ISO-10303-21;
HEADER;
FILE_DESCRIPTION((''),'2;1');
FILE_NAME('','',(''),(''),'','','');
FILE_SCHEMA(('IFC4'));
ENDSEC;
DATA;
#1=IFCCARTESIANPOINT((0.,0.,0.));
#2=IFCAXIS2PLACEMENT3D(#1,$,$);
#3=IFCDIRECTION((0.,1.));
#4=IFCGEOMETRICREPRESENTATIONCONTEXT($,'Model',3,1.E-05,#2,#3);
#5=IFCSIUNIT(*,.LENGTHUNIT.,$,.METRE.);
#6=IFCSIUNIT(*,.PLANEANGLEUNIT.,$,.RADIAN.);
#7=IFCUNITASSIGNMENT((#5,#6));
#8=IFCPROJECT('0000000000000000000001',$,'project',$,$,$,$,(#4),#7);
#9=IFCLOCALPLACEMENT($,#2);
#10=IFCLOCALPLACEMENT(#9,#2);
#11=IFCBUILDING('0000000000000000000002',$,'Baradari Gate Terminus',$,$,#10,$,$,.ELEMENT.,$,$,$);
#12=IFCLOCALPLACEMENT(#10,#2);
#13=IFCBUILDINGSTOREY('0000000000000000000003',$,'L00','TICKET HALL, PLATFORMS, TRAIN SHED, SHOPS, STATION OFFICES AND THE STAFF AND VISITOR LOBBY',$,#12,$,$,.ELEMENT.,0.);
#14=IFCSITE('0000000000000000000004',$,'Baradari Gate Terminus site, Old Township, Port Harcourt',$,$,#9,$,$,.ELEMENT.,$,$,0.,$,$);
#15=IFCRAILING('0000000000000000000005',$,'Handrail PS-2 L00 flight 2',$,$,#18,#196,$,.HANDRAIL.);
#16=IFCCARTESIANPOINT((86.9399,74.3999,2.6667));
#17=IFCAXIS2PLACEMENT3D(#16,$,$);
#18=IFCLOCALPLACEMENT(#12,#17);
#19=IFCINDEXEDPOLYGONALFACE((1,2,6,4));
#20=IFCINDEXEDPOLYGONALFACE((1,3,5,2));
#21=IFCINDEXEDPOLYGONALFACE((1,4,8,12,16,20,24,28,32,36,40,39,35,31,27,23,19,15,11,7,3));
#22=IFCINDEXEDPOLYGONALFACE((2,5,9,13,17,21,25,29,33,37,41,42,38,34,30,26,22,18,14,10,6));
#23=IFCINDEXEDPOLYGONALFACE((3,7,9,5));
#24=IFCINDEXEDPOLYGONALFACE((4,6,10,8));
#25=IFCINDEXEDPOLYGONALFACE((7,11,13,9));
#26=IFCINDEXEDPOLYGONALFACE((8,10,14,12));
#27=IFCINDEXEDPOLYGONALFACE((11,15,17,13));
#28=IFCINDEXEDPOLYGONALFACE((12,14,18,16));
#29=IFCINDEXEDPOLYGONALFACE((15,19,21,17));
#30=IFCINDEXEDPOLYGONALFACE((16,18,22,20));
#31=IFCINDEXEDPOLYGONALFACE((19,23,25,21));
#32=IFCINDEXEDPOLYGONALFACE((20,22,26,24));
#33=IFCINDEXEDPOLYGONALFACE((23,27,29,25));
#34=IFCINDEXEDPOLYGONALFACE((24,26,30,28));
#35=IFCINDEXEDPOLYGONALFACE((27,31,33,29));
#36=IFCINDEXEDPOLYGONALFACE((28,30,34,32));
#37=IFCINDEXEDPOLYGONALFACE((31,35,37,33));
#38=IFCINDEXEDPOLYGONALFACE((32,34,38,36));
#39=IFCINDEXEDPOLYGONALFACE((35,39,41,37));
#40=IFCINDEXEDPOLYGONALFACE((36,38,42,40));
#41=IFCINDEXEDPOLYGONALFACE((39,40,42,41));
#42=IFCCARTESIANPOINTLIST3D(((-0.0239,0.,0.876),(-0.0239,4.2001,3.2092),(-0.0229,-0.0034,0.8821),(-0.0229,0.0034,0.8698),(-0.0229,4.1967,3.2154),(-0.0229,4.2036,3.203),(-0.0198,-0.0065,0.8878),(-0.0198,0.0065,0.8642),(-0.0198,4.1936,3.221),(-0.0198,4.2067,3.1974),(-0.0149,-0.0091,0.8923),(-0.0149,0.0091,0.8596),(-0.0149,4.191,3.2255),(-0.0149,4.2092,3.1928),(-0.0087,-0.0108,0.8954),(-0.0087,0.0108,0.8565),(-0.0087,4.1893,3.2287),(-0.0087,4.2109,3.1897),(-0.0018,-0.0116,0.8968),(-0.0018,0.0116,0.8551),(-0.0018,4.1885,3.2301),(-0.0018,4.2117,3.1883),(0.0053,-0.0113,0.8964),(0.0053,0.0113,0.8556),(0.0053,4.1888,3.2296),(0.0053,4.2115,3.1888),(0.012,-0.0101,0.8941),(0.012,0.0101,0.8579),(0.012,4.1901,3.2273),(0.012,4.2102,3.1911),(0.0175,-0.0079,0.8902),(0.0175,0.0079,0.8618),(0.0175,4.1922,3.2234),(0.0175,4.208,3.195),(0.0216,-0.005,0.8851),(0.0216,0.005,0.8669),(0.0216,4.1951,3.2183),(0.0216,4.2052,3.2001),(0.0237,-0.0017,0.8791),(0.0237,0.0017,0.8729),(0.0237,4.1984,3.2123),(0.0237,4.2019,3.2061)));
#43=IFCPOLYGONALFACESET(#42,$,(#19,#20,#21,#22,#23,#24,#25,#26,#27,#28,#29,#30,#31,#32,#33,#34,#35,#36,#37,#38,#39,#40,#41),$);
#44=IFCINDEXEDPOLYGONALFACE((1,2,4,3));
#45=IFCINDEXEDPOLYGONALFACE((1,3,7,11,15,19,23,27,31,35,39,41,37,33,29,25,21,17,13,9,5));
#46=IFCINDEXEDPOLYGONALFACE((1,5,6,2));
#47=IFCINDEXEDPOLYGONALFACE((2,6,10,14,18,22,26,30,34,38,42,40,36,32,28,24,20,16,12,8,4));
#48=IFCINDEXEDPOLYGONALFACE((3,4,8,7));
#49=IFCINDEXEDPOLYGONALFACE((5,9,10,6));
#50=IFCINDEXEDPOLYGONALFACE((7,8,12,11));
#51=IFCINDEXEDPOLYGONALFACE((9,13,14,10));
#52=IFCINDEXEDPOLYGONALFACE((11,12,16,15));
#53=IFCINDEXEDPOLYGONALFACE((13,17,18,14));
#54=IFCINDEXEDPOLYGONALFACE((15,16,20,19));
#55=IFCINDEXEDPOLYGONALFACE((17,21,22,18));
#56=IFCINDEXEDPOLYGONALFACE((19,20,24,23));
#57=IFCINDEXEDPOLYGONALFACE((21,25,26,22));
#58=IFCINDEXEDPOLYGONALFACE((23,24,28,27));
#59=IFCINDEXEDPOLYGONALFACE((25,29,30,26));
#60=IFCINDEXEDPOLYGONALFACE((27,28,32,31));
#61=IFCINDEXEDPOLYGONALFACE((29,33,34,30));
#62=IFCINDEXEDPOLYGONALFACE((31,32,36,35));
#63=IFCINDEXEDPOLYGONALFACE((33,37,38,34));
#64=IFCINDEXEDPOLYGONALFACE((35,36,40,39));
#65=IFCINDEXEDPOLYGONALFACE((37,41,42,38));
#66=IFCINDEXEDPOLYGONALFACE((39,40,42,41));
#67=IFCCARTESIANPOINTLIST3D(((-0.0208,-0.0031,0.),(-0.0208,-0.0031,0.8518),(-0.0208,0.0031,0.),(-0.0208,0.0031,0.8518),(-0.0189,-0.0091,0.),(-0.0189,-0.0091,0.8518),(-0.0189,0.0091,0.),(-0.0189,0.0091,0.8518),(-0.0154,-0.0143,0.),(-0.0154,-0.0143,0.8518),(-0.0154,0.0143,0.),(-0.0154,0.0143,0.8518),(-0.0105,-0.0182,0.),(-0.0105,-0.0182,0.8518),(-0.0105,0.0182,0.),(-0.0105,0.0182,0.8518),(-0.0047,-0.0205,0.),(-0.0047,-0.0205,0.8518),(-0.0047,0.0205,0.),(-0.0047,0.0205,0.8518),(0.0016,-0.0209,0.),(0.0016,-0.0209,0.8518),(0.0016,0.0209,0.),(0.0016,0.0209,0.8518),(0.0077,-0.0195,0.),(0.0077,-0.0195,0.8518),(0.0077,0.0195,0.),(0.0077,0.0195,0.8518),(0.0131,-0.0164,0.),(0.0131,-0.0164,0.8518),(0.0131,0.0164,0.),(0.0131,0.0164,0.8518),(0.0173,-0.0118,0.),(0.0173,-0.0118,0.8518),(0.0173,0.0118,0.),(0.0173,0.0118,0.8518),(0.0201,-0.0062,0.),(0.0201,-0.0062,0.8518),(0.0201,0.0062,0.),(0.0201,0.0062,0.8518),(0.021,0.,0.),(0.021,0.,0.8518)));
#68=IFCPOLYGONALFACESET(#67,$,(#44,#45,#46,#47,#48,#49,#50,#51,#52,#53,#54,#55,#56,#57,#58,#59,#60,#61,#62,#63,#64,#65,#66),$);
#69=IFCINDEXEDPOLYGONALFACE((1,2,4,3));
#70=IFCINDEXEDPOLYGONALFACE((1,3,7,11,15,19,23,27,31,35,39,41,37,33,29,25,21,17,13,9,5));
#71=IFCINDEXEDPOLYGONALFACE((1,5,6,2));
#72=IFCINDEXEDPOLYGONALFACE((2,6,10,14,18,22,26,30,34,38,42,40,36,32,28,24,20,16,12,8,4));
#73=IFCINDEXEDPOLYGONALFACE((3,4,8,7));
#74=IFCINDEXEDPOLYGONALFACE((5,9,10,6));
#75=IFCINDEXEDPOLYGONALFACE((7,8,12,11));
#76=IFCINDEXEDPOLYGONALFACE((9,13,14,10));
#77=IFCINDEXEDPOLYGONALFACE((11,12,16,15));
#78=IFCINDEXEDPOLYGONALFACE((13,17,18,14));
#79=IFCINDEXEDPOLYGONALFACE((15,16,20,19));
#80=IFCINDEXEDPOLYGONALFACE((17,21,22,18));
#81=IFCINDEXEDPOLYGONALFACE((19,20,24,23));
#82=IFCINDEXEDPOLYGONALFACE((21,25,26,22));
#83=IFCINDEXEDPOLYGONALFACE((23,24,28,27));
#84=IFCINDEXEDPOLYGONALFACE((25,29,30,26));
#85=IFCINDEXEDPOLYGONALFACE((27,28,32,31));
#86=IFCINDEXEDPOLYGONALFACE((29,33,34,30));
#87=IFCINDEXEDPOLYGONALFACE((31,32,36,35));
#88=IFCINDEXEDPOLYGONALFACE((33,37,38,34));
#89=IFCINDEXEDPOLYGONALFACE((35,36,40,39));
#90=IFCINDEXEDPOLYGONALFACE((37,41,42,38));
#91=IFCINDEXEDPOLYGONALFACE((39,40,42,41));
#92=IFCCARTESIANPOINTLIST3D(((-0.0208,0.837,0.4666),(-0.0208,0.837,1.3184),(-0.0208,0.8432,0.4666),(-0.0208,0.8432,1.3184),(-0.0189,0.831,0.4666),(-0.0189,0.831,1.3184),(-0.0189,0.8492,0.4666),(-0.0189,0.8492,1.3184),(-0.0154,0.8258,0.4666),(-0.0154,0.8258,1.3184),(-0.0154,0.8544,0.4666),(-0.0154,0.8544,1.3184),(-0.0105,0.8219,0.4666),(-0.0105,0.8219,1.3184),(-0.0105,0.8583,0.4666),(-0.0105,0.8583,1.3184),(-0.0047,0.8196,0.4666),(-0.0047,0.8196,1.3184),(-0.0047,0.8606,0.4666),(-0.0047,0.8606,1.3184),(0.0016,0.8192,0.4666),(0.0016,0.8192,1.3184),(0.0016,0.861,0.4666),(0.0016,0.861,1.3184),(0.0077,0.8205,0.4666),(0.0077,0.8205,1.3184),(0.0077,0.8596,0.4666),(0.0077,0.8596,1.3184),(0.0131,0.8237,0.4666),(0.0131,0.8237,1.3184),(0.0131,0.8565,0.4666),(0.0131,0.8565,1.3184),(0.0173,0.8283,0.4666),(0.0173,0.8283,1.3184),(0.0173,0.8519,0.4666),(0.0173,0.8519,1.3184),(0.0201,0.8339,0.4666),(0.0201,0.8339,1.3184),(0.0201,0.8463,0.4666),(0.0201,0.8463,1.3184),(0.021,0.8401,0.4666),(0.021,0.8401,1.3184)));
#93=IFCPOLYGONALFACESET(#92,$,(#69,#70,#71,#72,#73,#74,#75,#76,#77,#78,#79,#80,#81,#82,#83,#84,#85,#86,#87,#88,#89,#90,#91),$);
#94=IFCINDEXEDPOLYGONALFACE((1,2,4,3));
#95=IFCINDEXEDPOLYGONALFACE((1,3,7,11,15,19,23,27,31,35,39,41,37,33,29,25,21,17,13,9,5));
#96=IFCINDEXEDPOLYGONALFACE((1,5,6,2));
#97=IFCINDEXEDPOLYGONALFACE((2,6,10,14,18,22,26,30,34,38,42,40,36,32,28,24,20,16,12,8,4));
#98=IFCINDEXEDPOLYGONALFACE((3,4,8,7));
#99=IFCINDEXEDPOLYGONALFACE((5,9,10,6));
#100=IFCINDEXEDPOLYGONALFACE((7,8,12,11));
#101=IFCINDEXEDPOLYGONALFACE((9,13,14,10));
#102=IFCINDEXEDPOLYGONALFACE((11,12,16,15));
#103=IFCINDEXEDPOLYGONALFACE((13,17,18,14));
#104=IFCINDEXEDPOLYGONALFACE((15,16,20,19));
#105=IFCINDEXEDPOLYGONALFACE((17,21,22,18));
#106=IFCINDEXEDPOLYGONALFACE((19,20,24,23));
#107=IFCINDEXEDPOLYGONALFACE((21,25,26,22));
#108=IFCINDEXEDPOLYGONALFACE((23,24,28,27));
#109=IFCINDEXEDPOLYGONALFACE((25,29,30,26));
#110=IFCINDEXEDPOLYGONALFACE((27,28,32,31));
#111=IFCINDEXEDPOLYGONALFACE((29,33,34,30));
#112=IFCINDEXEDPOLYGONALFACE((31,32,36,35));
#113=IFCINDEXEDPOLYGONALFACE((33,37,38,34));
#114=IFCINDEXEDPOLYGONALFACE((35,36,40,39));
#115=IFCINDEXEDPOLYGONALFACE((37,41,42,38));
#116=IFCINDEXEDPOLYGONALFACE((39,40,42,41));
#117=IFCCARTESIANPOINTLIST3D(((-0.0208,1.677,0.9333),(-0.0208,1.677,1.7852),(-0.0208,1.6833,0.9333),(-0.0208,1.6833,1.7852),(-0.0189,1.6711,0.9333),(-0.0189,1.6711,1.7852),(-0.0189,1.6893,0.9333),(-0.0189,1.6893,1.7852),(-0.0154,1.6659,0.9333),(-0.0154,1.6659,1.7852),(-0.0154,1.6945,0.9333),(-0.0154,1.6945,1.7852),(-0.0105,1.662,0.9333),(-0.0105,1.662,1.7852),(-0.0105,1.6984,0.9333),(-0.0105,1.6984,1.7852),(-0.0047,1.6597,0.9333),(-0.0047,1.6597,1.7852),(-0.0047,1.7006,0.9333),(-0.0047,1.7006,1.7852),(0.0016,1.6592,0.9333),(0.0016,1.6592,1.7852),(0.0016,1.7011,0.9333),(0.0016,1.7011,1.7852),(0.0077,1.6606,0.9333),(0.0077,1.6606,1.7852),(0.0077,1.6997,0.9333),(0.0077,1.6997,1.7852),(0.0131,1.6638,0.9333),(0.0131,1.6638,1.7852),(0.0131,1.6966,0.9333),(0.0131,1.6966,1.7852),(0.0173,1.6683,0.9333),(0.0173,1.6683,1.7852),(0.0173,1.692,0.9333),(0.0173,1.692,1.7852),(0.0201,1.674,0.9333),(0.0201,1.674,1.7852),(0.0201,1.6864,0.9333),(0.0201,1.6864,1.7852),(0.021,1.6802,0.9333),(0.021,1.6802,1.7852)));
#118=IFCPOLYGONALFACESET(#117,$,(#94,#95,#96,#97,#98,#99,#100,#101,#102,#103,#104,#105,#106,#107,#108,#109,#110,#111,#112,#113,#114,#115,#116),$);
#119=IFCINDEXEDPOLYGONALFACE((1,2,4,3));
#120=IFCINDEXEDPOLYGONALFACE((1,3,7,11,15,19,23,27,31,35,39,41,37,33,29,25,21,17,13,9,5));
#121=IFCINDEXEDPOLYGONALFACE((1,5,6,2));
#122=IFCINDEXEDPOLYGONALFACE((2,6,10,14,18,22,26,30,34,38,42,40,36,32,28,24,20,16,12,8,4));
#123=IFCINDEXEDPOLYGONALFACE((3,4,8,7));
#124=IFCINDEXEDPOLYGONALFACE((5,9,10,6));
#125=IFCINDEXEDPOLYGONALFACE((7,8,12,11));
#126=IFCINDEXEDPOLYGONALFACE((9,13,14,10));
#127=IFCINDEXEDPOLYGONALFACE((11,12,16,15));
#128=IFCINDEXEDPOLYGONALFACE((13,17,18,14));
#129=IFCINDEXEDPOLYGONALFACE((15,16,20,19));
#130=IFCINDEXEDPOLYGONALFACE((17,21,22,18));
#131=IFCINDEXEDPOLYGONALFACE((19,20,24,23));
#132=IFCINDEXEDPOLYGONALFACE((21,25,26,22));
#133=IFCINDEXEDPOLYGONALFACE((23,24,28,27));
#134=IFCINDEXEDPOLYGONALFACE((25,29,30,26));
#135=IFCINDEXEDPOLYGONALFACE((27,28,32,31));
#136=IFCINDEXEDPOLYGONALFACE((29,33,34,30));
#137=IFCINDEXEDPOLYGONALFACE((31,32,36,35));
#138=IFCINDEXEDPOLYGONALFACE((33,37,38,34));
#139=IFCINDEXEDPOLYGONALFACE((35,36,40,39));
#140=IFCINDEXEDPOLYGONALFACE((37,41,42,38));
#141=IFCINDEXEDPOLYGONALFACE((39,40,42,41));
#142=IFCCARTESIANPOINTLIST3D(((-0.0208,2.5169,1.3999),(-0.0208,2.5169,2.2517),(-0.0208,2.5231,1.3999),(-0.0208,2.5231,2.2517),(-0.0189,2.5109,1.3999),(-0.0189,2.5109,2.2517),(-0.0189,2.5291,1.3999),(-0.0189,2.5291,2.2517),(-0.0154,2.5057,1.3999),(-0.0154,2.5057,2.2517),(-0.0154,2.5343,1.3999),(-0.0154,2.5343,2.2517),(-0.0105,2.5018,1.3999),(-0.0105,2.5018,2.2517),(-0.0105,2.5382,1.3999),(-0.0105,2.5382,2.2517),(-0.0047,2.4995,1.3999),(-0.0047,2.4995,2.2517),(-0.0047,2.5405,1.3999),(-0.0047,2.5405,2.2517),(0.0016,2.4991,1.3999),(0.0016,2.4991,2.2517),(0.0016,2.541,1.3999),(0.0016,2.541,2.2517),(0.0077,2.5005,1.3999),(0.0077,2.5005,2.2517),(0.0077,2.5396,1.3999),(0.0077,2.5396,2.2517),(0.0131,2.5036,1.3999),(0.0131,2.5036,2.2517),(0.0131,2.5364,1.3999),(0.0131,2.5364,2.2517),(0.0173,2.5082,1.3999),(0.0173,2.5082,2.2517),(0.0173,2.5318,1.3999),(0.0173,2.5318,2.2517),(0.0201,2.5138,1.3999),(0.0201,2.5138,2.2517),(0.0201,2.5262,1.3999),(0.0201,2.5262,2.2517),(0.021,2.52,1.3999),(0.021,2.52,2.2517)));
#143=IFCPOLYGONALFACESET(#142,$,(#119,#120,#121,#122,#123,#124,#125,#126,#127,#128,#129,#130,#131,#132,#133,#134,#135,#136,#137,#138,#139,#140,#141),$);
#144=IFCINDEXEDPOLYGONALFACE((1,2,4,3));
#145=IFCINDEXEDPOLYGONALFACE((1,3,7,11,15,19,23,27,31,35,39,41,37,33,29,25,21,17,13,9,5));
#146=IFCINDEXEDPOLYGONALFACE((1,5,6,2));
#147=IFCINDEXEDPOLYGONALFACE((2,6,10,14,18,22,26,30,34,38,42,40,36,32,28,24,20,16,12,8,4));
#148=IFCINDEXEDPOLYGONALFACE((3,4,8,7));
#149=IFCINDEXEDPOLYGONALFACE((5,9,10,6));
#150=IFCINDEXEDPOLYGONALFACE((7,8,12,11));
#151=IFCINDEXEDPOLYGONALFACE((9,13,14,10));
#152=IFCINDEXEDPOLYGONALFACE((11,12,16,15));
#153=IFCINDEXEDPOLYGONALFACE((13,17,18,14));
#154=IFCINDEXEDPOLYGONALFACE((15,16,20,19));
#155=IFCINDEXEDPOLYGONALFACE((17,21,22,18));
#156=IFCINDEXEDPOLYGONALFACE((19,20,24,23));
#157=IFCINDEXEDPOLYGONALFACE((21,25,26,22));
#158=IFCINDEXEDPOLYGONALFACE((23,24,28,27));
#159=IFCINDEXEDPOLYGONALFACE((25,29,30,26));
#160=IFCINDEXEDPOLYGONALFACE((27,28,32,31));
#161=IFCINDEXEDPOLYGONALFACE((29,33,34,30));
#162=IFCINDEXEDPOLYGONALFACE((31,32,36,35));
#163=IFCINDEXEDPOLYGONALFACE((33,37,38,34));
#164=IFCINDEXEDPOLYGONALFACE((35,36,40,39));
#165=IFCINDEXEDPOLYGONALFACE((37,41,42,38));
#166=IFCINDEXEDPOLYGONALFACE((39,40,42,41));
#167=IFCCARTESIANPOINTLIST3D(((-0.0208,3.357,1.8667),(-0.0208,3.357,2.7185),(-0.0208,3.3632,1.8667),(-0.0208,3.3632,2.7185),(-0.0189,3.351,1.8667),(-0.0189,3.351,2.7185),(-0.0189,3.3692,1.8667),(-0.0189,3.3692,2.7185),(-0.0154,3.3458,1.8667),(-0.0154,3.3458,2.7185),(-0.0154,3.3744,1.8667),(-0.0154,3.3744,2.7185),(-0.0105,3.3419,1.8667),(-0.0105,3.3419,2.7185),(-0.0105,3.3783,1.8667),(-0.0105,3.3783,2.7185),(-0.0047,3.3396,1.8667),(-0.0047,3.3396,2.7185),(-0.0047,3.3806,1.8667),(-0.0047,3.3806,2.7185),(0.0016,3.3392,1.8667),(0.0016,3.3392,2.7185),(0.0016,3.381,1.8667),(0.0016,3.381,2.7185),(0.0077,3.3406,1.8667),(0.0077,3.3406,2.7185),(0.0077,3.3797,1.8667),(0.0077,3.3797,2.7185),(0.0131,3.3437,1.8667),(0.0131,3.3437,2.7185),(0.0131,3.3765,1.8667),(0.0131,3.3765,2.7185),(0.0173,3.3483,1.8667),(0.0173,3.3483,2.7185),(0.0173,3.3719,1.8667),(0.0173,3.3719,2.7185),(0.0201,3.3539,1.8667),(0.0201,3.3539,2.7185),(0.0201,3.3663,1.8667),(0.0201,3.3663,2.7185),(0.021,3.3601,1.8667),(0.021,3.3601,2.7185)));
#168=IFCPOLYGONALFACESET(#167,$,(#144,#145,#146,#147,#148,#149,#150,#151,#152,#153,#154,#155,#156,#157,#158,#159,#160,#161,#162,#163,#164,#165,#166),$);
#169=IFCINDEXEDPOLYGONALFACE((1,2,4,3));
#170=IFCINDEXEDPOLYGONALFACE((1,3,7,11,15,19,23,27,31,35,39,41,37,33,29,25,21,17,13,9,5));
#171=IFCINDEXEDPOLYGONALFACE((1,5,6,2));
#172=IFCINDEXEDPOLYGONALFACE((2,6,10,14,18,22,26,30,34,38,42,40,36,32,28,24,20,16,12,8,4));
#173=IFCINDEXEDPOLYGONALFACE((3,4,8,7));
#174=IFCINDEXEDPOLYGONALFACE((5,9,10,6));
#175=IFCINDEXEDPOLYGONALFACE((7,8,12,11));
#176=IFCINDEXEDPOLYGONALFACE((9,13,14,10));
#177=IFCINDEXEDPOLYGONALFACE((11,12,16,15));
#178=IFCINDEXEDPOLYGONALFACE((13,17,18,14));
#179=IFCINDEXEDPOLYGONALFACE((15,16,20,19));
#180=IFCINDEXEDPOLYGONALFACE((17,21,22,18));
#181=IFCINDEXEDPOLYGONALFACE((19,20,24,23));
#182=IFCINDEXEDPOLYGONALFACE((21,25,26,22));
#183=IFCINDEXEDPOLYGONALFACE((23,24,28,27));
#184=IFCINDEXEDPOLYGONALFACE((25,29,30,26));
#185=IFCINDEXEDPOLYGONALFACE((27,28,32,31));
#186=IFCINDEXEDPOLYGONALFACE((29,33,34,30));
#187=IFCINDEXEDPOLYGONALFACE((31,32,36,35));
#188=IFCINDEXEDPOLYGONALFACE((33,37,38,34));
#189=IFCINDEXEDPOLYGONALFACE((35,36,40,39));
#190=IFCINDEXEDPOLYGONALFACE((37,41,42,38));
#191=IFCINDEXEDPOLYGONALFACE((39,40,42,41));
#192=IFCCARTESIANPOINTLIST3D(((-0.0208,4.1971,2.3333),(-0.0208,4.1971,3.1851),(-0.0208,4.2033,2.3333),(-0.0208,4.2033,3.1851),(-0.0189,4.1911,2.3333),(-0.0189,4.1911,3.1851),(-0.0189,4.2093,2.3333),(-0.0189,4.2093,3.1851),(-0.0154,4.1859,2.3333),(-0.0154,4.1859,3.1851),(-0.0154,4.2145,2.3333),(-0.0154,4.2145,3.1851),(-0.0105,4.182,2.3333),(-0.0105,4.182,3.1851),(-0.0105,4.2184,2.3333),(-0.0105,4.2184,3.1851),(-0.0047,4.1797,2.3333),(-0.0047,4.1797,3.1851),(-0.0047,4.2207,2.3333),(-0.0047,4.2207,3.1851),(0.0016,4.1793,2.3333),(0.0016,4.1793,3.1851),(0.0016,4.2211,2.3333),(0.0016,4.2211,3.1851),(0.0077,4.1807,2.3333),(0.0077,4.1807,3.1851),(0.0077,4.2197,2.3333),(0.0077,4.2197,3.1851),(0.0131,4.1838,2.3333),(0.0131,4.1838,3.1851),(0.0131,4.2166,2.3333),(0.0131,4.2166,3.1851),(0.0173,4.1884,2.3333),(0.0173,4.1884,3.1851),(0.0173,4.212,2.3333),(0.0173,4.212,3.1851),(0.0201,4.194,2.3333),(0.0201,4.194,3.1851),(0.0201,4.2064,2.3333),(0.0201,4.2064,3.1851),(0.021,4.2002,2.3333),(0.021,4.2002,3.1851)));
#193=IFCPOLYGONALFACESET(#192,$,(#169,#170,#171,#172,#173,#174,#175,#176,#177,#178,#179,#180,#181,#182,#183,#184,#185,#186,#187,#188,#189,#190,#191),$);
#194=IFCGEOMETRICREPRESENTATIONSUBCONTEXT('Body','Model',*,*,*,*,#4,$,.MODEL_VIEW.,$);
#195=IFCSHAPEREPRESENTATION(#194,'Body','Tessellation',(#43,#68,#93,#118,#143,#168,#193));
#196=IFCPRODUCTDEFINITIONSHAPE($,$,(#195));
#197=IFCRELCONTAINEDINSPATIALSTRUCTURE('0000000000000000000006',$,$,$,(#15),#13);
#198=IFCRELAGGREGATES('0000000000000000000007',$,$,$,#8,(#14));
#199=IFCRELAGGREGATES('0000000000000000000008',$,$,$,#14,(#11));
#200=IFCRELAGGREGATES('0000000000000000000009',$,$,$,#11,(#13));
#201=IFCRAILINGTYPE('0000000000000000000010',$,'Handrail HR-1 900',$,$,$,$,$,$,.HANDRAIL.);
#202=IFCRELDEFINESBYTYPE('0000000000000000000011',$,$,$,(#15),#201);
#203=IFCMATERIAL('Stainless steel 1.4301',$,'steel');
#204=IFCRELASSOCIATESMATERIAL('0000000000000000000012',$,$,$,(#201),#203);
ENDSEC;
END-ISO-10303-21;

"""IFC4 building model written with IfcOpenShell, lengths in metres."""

from ifc_helpers import new_model, si_unit, direction, frame, origin, origin_2d, place, context, subcontext, project, spatial, circle, extrude, material, type_object, element, save


model = new_model("IFC4")

# Units and contexts
model_context = context("Model", 3, precision=1e-05, world=origin(), true_north=direction((0.0, 1.0)))
body_context = subcontext(model_context, "Body", "Model", "MODEL_VIEW")
ifc_project = project(units=[si_unit("LENGTHUNIT", "METRE"), si_unit("PLANEANGLEUNIT", "RADIAN")], contexts=[model_context])

# Site, building, storey
site_placement = place(None, origin())
site = spatial("IfcSite", under=ifc_project, at=site_placement, Name="Baradari Gate Terminus site, Old Township, Port Harcourt", CompositionType="ELEMENT", RefElevation=0.0)
building_placement = place(site_placement, origin())
building = spatial("IfcBuilding", under=site, at=building_placement, Name="Baradari Gate Terminus", CompositionType="ELEMENT")
storey_placement = place(building_placement, origin())
storey = spatial("IfcBuildingStorey", under=building, at=storey_placement, Name="L00", Description="TICKET HALL, PLATFORMS, TRAIN SHED, SHOPS, STATION OFFICES AND THE STAFF AND VISITOR LOBBY", CompositionType="ELEMENT", Elevation=0.0)

# Railing
ifc_material_1 = material(Name="Stainless steel 1.4301", Category="steel")
railing_type_1 = type_object("IfcRailingType", Name="Handrail HR-1 900", PredefinedType="HANDRAIL", material=ifc_material_1)
for number, where, name in (
    (1, (86.9399, 74.3999, 2.6667), "Handrail PS-2 L00 flight 2"),
):
    element("IfcRailing", number, at=place(storey_placement, frame(where)), inside=storey, type_object=railing_type_1, Name=name, PredefinedType="HANDRAIL", context=body_context, shape_type="SweptSolid", body=[
        extrude(circle(Radius=0.0239, at=origin_2d()), frame((0.0, 0.0, 0.876), z_axis=(0.0, 0.874174, 0.485613), x_axis=(-1.0, 0.0, 0.0)), (0.0, 0.0, 1.0), 4.8047),
        extrude(circle(Radius=0.021, at=origin_2d()), origin(), (0.0, 0.0, 1.0), 0.8518),
        extrude(circle(Radius=0.021, at=origin_2d()), frame((0.0, 0.8401, 0.4666)), (0.0, 0.0, 1.0), 0.8518),
        extrude(circle(Radius=0.021, at=origin_2d()), frame((0.0, 1.6802, 0.9333)), (0.0, 0.0, 1.0), 0.8518),
        extrude(circle(Radius=0.021, at=origin_2d()), frame((0.0, 2.52, 1.3999)), (0.0, 0.0, 1.0), 0.8518),
        extrude(circle(Radius=0.021, at=origin_2d()), frame((0.0, 3.3601, 1.8667)), (0.0, 0.0, 1.0), 0.8518),
        extrude(circle(Radius=0.021, at=origin_2d()), frame((0.0, 4.2002, 2.3333)), (0.0, 0.0, 1.0), 0.8518),
    ])

save(model, "model.ifc")
